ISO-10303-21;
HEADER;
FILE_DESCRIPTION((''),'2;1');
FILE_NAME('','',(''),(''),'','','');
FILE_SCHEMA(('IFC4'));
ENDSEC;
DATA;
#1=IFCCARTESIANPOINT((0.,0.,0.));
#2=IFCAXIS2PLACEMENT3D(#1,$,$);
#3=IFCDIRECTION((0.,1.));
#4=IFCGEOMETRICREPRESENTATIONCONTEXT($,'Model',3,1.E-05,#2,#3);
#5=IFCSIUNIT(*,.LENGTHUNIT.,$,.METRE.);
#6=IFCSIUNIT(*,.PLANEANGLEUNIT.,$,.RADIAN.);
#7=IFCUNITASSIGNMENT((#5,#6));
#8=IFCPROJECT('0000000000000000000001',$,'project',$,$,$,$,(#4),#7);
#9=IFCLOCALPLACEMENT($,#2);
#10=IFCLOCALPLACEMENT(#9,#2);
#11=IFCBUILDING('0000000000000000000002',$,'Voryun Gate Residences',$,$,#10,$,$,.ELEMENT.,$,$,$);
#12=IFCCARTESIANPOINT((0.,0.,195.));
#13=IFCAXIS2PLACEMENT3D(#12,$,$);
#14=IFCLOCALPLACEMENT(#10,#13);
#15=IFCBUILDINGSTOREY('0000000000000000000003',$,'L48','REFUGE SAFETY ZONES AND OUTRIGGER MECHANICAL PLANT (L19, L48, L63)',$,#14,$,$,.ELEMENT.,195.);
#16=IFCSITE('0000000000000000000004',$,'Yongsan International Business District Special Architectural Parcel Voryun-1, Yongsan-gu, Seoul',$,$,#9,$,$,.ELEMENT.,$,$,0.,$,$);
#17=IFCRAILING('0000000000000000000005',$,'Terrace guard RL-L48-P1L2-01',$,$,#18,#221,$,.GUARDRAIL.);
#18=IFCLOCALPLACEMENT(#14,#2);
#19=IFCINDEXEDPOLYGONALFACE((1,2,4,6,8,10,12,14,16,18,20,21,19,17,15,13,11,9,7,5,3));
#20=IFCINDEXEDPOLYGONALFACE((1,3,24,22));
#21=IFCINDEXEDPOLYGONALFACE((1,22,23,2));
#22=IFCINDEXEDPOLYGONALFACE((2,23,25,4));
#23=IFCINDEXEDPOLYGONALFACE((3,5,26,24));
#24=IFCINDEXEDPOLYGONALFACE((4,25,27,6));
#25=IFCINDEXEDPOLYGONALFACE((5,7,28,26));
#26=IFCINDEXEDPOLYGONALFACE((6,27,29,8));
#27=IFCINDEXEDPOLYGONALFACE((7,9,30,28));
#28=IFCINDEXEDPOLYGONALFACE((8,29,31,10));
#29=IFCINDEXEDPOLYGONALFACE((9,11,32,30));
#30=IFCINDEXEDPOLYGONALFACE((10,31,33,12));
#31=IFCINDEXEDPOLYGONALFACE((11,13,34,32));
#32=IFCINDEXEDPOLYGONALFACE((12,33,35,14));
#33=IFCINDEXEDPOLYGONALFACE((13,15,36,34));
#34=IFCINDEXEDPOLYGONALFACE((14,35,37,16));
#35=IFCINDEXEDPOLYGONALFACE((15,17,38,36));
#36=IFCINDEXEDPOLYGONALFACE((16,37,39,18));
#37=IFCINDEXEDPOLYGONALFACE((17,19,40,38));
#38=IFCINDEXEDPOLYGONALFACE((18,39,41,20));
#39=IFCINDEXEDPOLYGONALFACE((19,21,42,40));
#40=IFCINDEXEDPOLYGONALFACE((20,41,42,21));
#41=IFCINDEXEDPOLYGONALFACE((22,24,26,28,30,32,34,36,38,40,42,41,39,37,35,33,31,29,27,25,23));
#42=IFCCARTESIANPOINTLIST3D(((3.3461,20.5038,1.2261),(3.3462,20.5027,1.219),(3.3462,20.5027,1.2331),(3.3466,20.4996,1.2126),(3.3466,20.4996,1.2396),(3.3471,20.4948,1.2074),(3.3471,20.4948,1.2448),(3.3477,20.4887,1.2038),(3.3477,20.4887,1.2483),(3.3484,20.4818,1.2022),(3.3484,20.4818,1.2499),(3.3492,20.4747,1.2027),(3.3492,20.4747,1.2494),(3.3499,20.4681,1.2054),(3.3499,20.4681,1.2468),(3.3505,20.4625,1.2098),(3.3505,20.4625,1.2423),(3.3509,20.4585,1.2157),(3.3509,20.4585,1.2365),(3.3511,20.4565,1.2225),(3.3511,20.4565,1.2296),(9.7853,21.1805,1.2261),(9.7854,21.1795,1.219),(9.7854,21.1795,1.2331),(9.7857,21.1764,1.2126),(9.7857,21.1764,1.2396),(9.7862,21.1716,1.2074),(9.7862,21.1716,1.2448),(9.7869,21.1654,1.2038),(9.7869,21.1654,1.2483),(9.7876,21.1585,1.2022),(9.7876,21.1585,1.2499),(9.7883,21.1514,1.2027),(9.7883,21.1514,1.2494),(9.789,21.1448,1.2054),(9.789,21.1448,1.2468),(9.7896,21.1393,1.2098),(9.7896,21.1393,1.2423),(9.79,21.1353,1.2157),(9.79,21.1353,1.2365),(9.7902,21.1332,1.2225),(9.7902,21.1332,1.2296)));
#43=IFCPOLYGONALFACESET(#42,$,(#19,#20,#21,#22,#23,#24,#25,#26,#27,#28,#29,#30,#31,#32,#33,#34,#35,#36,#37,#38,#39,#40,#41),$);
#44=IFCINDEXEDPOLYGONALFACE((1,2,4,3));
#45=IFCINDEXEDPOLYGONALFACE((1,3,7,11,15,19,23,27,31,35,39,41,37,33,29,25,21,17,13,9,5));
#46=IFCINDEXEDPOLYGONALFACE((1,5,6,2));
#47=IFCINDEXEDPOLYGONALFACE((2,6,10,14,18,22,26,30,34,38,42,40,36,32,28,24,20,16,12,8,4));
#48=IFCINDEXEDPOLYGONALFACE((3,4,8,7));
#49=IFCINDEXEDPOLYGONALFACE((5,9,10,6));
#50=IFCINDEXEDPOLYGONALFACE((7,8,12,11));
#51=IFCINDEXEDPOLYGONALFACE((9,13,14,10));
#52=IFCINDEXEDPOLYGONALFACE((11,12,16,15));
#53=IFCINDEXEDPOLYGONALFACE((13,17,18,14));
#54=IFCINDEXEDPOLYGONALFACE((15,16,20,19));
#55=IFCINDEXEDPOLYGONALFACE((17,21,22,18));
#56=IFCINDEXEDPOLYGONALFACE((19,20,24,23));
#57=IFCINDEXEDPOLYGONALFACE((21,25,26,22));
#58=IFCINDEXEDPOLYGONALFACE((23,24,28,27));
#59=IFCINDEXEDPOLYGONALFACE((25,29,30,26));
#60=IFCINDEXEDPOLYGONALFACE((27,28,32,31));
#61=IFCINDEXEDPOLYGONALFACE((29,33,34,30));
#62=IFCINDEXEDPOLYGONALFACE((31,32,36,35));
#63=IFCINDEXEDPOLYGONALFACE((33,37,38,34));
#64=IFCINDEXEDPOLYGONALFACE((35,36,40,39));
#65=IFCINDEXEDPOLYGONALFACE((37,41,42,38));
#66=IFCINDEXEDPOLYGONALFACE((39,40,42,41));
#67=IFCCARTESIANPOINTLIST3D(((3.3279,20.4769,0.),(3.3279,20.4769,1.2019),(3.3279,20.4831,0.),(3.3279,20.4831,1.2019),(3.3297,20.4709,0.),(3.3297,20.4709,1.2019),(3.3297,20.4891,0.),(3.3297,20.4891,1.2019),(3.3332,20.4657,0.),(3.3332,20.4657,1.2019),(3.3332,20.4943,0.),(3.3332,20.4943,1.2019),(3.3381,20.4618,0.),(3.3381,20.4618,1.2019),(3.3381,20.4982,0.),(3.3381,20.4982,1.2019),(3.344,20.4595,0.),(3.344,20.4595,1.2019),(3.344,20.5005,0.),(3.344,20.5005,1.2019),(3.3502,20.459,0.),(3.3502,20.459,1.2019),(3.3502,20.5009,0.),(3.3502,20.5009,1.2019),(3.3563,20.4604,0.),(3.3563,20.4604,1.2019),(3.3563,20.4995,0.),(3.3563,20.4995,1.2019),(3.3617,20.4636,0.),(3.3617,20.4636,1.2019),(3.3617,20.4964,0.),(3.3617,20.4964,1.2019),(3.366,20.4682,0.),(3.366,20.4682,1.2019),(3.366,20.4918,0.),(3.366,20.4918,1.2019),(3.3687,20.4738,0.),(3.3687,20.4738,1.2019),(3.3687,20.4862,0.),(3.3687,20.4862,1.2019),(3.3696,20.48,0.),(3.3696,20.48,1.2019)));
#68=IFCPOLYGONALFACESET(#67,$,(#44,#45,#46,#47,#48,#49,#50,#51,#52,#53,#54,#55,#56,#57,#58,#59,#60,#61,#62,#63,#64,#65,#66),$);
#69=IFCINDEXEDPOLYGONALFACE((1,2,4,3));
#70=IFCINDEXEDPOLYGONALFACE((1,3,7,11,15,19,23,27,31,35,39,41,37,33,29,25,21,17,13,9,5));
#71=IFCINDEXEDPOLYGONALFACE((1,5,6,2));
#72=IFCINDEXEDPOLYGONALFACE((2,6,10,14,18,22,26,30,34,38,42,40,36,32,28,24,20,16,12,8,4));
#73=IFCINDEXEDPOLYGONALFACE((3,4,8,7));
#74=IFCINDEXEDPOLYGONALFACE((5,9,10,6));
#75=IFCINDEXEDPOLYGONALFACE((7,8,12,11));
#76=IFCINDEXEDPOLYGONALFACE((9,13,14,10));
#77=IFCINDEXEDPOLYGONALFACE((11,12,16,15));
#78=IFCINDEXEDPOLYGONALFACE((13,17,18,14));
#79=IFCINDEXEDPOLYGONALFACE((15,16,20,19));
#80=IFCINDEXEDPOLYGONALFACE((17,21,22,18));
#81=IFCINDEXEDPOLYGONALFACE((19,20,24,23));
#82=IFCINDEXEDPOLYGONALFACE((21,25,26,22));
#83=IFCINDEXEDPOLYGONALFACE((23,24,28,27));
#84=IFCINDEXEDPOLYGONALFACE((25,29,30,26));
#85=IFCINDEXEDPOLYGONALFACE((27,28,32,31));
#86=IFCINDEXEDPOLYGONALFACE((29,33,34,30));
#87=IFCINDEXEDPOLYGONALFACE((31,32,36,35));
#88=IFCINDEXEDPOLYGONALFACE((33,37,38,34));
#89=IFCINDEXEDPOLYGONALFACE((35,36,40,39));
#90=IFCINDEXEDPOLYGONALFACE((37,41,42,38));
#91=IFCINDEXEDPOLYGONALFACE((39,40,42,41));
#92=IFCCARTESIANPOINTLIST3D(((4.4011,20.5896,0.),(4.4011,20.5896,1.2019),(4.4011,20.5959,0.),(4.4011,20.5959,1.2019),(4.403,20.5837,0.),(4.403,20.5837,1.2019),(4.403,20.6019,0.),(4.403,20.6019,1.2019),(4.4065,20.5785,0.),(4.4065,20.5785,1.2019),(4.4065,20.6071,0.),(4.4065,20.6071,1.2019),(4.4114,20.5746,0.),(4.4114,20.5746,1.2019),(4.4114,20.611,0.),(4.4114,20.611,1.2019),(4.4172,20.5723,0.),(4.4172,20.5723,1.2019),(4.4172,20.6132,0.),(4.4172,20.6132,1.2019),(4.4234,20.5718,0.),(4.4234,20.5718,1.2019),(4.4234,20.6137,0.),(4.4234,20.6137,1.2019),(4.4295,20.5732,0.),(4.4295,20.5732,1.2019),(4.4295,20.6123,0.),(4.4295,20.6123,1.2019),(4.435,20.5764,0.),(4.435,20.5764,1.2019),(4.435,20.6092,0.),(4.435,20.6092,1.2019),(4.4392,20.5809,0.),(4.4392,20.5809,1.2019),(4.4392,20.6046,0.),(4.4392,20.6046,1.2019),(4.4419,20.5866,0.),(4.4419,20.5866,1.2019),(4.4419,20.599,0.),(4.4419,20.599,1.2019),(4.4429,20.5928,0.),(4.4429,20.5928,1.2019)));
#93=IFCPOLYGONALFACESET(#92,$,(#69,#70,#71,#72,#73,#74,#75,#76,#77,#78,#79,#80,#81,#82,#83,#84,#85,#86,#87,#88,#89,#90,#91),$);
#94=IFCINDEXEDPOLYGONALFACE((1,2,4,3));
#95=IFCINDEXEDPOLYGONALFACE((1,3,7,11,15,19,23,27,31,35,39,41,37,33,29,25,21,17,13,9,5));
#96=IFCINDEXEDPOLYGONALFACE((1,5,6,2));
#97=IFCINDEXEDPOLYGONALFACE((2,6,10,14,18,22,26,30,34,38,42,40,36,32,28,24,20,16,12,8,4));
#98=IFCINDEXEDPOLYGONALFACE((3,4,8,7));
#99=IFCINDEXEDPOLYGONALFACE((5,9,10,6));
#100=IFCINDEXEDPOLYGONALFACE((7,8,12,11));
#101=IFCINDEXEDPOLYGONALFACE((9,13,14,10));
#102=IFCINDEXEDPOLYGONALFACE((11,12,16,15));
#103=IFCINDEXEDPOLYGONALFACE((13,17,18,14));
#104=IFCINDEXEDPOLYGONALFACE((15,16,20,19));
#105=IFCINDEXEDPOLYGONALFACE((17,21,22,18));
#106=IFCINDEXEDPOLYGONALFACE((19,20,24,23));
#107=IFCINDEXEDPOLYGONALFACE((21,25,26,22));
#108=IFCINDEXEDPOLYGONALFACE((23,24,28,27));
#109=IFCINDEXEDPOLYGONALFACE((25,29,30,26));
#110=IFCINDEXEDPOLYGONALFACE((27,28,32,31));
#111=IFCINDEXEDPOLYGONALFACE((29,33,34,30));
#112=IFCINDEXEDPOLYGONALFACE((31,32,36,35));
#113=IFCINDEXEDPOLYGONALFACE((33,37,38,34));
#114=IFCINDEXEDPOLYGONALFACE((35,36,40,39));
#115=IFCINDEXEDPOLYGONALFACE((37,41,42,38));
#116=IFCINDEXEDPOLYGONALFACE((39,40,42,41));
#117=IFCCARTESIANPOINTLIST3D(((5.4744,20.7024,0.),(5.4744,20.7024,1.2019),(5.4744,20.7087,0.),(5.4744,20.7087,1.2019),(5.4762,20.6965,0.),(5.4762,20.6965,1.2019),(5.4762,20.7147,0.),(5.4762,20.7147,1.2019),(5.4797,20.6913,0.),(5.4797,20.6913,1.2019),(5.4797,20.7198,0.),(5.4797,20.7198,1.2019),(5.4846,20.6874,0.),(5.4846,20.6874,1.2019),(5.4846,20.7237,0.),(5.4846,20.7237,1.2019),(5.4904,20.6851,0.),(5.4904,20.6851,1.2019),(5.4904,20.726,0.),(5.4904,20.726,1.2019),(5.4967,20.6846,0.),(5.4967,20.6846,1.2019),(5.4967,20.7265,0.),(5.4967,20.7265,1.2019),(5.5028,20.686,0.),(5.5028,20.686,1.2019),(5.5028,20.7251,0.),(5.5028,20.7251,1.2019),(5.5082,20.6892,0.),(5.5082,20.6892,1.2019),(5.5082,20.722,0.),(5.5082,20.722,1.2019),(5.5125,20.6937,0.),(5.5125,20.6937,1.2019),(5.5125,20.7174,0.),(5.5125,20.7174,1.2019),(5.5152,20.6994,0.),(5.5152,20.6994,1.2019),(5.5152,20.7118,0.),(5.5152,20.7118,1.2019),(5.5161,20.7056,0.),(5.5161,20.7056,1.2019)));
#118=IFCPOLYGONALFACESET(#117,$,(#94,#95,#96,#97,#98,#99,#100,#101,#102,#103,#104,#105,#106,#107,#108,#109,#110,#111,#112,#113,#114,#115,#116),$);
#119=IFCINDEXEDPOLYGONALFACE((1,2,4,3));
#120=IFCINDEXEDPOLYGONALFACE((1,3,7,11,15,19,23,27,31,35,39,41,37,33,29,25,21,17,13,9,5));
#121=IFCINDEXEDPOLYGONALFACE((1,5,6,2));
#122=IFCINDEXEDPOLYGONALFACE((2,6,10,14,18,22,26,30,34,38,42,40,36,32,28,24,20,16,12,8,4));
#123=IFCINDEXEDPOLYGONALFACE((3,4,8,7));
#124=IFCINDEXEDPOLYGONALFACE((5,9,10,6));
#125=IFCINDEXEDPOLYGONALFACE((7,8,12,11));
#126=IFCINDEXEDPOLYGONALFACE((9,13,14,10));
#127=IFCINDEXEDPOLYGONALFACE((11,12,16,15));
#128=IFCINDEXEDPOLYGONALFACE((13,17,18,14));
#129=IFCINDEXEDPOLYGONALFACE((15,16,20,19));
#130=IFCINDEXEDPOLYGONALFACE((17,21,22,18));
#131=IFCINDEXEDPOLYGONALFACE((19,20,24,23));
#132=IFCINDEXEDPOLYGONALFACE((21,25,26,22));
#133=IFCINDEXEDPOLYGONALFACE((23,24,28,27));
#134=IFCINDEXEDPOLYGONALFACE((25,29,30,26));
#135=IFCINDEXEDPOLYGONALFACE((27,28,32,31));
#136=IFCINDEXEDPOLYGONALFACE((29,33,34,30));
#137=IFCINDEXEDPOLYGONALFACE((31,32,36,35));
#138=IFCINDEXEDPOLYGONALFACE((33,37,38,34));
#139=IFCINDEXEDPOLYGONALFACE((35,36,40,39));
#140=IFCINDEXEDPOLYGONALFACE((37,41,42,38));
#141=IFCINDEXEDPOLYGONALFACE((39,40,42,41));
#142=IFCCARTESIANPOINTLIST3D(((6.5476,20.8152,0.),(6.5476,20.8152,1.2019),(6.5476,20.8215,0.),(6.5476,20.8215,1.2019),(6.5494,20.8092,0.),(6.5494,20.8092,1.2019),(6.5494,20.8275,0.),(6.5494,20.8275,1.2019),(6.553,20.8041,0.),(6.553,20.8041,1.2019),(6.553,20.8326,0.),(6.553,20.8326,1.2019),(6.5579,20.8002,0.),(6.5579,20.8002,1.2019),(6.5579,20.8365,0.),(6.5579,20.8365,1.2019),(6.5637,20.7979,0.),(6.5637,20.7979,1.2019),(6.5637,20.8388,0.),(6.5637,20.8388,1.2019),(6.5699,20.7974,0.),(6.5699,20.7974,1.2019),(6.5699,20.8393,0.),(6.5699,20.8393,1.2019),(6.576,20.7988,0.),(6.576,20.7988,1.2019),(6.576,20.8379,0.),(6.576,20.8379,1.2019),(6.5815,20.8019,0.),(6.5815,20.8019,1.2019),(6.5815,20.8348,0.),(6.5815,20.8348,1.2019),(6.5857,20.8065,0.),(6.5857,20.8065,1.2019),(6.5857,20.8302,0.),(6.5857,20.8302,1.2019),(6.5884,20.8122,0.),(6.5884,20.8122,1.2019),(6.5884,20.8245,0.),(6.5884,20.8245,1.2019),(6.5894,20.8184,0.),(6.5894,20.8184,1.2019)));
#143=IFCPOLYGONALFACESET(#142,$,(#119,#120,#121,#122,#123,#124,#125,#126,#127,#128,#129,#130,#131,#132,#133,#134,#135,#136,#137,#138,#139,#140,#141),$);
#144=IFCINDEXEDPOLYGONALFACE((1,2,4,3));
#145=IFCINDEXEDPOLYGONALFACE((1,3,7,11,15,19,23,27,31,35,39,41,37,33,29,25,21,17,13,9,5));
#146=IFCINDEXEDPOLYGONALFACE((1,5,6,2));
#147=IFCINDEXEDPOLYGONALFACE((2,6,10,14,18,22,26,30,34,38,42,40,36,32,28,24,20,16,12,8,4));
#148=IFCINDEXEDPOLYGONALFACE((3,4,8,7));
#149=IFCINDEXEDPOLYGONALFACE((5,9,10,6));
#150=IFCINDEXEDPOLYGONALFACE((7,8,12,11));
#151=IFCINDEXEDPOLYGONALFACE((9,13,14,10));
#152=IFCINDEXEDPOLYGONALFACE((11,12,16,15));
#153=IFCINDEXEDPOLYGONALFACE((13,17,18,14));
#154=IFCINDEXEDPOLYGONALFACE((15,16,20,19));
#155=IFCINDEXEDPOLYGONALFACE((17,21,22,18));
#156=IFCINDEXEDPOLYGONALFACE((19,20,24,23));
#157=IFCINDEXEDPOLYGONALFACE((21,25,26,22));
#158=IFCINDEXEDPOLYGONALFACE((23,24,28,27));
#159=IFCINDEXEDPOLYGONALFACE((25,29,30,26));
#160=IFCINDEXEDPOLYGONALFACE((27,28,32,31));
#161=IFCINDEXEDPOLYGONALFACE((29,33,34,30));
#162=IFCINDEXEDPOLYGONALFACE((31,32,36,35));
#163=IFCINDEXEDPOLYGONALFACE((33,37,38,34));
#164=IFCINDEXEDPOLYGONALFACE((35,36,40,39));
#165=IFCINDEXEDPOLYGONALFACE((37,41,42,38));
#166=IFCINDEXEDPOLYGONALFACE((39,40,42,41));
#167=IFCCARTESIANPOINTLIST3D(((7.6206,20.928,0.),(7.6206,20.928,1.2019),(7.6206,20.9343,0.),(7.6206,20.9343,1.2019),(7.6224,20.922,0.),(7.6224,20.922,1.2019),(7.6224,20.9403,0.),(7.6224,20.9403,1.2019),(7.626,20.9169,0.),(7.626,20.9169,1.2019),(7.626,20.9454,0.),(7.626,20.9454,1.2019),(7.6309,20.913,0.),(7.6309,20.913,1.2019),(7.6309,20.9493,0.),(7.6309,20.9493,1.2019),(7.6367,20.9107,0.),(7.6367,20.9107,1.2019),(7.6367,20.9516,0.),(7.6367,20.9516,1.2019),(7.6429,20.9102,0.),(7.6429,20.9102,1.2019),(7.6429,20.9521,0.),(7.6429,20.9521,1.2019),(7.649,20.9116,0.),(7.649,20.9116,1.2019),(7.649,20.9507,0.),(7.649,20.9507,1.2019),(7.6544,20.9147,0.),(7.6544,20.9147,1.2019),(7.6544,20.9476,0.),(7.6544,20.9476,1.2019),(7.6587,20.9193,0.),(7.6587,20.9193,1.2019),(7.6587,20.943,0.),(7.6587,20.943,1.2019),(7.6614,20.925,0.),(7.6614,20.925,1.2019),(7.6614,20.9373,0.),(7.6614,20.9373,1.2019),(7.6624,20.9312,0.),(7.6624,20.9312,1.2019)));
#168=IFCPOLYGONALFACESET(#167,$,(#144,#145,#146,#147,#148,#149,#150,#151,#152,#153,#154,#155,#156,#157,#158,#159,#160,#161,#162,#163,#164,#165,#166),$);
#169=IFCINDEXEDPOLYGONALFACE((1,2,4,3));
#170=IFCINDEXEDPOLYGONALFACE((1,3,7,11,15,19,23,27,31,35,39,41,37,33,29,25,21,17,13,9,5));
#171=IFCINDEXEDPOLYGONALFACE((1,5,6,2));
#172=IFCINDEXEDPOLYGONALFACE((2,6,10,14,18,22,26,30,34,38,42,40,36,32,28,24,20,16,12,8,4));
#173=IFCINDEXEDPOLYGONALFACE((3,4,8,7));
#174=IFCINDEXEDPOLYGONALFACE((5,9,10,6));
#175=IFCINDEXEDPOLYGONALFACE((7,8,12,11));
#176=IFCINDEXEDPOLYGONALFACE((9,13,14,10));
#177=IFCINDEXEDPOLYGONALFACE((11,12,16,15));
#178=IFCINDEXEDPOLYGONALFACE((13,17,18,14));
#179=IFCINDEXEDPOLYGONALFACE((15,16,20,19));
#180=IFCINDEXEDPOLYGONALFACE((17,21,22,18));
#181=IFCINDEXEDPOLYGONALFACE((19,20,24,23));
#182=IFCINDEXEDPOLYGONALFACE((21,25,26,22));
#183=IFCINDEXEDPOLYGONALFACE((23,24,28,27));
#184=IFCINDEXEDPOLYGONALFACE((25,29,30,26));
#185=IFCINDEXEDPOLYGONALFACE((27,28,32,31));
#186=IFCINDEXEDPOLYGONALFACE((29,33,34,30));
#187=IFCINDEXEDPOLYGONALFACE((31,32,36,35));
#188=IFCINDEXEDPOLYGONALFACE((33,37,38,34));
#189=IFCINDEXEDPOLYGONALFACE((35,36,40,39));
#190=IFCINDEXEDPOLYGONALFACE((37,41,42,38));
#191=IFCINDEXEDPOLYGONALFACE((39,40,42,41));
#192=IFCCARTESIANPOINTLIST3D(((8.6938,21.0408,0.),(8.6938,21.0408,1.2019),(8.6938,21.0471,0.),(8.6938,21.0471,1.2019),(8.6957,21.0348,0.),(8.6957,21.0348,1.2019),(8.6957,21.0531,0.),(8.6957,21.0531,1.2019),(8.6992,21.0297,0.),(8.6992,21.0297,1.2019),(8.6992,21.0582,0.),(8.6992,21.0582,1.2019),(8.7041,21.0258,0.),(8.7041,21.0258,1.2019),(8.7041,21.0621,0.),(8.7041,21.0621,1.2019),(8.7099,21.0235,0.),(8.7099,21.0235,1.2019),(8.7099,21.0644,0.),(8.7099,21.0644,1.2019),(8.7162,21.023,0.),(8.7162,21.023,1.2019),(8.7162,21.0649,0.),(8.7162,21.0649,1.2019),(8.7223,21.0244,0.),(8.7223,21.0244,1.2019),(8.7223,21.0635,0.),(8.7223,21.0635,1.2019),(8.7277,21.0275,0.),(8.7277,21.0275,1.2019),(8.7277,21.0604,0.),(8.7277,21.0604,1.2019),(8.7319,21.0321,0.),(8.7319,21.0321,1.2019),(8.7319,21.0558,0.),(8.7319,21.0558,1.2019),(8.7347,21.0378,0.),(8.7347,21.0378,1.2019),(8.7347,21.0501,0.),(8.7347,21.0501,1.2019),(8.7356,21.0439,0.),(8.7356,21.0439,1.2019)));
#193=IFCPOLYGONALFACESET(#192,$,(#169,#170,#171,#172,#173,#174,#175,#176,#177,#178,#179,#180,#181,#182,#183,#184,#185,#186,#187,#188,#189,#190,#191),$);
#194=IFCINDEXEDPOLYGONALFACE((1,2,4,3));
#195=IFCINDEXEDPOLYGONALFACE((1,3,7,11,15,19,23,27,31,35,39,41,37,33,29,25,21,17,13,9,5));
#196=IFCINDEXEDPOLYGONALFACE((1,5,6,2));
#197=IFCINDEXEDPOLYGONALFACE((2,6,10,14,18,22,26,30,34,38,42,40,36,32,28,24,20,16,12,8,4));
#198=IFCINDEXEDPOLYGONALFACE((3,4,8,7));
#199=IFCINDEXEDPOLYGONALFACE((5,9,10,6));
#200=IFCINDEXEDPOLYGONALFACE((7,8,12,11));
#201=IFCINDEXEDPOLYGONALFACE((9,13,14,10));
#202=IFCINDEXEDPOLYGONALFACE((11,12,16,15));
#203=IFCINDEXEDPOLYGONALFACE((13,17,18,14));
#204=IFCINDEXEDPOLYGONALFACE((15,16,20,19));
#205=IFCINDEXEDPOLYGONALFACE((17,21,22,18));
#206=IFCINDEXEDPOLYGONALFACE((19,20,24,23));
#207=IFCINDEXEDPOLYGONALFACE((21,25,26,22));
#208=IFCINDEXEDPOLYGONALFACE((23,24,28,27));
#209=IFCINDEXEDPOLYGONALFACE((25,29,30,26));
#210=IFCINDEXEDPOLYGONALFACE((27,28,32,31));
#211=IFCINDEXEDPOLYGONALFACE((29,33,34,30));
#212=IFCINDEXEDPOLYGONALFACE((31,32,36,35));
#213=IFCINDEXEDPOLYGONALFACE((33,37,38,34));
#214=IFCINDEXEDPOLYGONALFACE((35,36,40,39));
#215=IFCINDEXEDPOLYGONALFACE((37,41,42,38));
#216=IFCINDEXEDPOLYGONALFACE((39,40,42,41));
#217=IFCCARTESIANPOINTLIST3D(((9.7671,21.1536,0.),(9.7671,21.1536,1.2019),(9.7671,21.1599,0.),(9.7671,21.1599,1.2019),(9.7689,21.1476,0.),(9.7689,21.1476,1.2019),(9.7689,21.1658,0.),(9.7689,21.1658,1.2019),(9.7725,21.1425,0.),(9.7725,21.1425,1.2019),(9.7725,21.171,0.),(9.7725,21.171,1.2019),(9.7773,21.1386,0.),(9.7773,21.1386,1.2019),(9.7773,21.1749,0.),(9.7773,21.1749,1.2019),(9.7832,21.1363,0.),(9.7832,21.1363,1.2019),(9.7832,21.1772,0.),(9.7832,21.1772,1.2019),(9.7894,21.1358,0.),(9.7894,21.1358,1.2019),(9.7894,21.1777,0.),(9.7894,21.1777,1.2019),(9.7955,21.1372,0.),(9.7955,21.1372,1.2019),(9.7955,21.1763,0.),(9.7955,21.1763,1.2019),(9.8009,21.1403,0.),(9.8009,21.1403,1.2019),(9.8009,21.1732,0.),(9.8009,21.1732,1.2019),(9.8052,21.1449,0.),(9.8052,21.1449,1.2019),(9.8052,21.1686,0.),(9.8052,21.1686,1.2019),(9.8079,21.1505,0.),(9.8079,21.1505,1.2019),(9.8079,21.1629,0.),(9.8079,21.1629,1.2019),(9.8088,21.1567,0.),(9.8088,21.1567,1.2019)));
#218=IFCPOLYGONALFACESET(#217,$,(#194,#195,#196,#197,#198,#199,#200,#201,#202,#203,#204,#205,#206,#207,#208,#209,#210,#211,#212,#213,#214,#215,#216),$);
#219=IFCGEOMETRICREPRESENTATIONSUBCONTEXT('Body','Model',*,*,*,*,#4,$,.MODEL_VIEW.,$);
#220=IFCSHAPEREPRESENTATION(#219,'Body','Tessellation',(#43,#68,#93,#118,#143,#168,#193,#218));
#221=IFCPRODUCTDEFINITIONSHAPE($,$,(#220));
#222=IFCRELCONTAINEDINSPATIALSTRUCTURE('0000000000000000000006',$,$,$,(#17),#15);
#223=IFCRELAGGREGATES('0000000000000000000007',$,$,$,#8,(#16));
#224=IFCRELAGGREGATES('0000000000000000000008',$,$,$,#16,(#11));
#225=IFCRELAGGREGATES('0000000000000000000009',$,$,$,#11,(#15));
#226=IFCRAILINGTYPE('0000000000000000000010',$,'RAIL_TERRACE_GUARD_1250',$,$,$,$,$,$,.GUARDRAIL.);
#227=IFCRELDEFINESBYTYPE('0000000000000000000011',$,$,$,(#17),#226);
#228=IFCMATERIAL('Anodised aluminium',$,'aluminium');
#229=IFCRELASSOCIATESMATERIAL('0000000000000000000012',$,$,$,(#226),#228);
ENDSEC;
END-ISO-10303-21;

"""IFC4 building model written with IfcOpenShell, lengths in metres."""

from ifc_helpers import new_model, si_unit, direction, frame, origin, origin_2d, place, context, subcontext, project, spatial, circle, extrude, material, type_object, element, save


model = new_model("IFC4")

# Units and contexts
model_context = context("Model", 3, precision=1e-05, world=origin(), true_north=direction((0.0, 1.0)))
body_context = subcontext(model_context, "Body", "Model", "MODEL_VIEW")
ifc_project = project(units=[si_unit("LENGTHUNIT", "METRE"), si_unit("PLANEANGLEUNIT", "RADIAN")], contexts=[model_context])

# Site, building, storey
site_placement = place(None, origin())
site = spatial("IfcSite", under=ifc_project, at=site_placement, Name="Yongsan International Business District Special Architectural Parcel Voryun-1, Yongsan-gu, Seoul", CompositionType="ELEMENT", RefElevation=0.0)
building_placement = place(site_placement, origin())
building = spatial("IfcBuilding", under=site, at=building_placement, Name="Voryun Gate Residences", CompositionType="ELEMENT")
storey_placement = place(building_placement, frame((0.0, 0.0, 195.0)))
storey = spatial("IfcBuildingStorey", under=building, at=storey_placement, Name="L48", Description="REFUGE SAFETY ZONES AND OUTRIGGER MECHANICAL PLANT (L19, L48, L63)", CompositionType="ELEMENT", Elevation=195.0)

# Railing
ifc_material_1 = material(Name="Anodised aluminium", Category="aluminium")
railing_type = type_object("IfcRailingType", Name="RAIL_TERRACE_GUARD_1250", PredefinedType="GUARDRAIL", material=ifc_material_1)
railing_1_placement = place(storey_placement, frame((3.3486, 20.48, 0.0)))
element("IfcRailing", 1, at=railing_1_placement, inside=storey, type_object=railing_type, Name="Terrace guard RL-L48-P1L2-01", PredefinedType="GUARDRAIL", context=body_context, shape_type="SweptSolid", body=[
    extrude(circle(Radius=0.0239, at=origin_2d()), frame((0.0, 0.0, 1.2261), z_axis=(0.994522, 0.104524, 0.0), x_axis=(-0.104524, 0.994522, 0.0)), (0.0, 0.0, 1.0), 6.4746),
    extrude(circle(Radius=0.021, at=origin_2d()), origin(), (0.0, 0.0, 1.0), 1.2019),
    extrude(circle(Radius=0.021, at=origin_2d()), frame((1.0732, 0.1128, 0.0)), (0.0, 0.0, 1.0), 1.2019),
    extrude(circle(Radius=0.021, at=origin_2d()), frame((2.1465, 0.2256, 0.0)), (0.0, 0.0, 1.0), 1.2019),
    extrude(circle(Radius=0.021, at=origin_2d()), frame((3.2197, 0.3384, 0.0)), (0.0, 0.0, 1.0), 1.2019),
    extrude(circle(Radius=0.021, at=origin_2d()), frame((4.2927, 0.4512, 0.0)), (0.0, 0.0, 1.0), 1.2019),
    extrude(circle(Radius=0.021, at=origin_2d()), frame((5.366, 0.564, 0.0)), (0.0, 0.0, 1.0), 1.2019),
    extrude(circle(Radius=0.021, at=origin_2d()), frame((6.4392, 0.6768, 0.0)), (0.0, 0.0, 1.0), 1.2019),
])

save(model, "model.ifc")
